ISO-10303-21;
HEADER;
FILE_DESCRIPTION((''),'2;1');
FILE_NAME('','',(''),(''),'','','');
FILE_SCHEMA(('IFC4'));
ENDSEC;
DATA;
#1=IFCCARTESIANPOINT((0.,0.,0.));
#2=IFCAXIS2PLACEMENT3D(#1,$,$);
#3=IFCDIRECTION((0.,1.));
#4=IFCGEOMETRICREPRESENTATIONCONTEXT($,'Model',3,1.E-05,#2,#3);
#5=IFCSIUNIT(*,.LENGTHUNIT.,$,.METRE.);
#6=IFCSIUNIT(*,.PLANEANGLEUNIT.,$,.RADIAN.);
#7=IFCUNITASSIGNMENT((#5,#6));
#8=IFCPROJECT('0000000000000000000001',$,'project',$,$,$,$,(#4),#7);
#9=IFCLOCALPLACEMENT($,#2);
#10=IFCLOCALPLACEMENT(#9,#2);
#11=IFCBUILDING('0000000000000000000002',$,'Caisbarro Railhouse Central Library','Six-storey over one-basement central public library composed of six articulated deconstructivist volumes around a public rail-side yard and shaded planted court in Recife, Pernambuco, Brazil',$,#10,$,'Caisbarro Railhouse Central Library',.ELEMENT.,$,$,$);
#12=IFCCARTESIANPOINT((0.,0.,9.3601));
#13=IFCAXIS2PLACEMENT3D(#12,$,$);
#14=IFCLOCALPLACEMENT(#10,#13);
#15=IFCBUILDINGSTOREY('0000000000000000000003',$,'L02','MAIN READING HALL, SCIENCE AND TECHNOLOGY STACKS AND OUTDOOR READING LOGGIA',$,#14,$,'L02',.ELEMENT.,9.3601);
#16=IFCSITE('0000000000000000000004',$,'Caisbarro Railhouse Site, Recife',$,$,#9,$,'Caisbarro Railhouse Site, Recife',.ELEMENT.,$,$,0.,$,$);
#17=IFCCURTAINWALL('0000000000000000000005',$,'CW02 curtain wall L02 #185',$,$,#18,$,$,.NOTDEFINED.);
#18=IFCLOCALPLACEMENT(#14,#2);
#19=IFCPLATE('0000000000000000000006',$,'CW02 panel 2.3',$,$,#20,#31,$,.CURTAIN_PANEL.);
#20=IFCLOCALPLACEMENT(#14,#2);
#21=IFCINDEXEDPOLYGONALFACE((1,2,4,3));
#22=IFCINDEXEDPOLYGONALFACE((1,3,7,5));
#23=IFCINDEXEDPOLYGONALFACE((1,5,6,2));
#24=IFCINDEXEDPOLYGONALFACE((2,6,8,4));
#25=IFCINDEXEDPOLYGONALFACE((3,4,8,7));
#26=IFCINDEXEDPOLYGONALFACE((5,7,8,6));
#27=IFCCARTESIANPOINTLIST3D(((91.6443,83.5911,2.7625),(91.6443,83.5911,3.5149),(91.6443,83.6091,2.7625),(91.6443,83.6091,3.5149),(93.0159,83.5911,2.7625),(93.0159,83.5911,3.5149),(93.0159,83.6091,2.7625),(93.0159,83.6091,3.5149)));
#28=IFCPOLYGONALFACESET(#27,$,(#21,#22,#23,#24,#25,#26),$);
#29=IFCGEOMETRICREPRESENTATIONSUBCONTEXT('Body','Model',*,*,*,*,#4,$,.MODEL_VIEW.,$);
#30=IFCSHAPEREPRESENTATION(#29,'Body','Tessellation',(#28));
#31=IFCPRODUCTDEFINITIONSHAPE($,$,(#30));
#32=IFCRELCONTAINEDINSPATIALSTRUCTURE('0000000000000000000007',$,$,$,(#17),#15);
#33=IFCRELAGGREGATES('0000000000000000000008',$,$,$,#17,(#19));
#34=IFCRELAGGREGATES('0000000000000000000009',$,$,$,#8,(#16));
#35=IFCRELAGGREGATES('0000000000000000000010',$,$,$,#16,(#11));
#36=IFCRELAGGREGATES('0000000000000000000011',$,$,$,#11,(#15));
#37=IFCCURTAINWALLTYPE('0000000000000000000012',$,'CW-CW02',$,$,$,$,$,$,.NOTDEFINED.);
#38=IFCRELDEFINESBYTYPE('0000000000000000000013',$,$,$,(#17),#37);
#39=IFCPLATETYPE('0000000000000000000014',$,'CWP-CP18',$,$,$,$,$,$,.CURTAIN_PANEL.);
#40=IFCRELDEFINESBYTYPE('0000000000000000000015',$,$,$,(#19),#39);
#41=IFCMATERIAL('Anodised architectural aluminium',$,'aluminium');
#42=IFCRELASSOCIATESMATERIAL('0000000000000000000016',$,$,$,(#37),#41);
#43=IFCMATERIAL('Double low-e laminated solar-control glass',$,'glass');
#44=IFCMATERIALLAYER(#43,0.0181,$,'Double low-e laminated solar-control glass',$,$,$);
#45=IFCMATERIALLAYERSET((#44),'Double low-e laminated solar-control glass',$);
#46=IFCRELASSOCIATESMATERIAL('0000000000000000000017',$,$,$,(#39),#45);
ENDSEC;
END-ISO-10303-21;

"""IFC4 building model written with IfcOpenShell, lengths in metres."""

from ifc_helpers import new_model, si_unit, direction, frame, origin, origin_2d, place, context, subcontext, project, spatial, rectangle, extrude, material, layer, layer_set, type_object, element, aggregate, save


model = new_model("IFC4")

# Units and contexts
model_context = context("Model", 3, precision=1e-05, world=origin(), true_north=direction((0.0, 1.0)))
body_context = subcontext(model_context, "Body", "Model", "MODEL_VIEW")
ifc_project = project(units=[si_unit("LENGTHUNIT", "METRE"), si_unit("PLANEANGLEUNIT", "RADIAN")], contexts=[model_context])

# Site, building, storey
site_placement = place(None, origin())
site = spatial("IfcSite", under=ifc_project, at=site_placement, Name="Caisbarro Railhouse Site, Recife", LongName="Caisbarro Railhouse Site, Recife", CompositionType="ELEMENT", RefElevation=0.0)
building_placement = place(site_placement, origin())
building = spatial("IfcBuilding", under=site, at=building_placement, Name="Caisbarro Railhouse Central Library", Description="Six-storey over one-basement central public library composed of six articulated deconstructivist volumes around a public rail-side yard and shaded planted court in Recife, Pernambuco, Brazil", LongName="Caisbarro Railhouse Central Library", CompositionType="ELEMENT")
storey_placement = place(building_placement, frame((0.0, 0.0, 9.3601)))
storey = spatial("IfcBuildingStorey", under=building, at=storey_placement, Name="L02", Description="MAIN READING HALL, SCIENCE AND TECHNOLOGY STACKS AND OUTDOOR READING LOGGIA", LongName="L02", CompositionType="ELEMENT", Elevation=9.3601)

# Curtain wall
ifc_material_1 = material(Name="Anodised architectural aluminium", Category="aluminium")
curtain_wall_type = type_object("IfcCurtainWallType", Name="CW-CW02", PredefinedType="NOTDEFINED", material=ifc_material_1)
curtain_wall_1_placement = place(storey_placement, origin())
curtain_wall_1 = element("IfcCurtainWall", 1, at=curtain_wall_1_placement, inside=storey, type_object=curtain_wall_type, Name="CW02 curtain wall L02 #185", PredefinedType="NOTDEFINED")

# Plate
ifc_material_2 = material(Name="Double low-e laminated solar-control glass", Category="glass")
ifc_layer = layer(ifc_material_2, 0.0181, Name="Double low-e laminated solar-control glass")
ifc_layer_set = layer_set([ifc_layer], Name="Double low-e laminated solar-control glass")
plate_type = type_object("IfcPlateType", Name="CWP-CP18", PredefinedType="CURTAIN_PANEL", material=ifc_layer_set)
plate_1_placement = place(storey_placement, frame((92.3301, 83.6001, 2.7625), z_axis=(0.0, 0.0, 1.0), x_axis=(1.0, 0.0, 0.0)))
plate_1 = element("IfcPlate", 2, at=plate_1_placement, type_object=plate_type, Name="CW02 panel 2.3", PredefinedType="CURTAIN_PANEL", context=body_context, shape_type="SweptSolid", body=[
    extrude(rectangle(XDim=1.3716, YDim=0.0181, at=origin_2d()), origin(), (0.0, 0.0, 1.0), 0.7524),
])
aggregate(curtain_wall_1, [plate_1])

save(model, "model.ifc")
